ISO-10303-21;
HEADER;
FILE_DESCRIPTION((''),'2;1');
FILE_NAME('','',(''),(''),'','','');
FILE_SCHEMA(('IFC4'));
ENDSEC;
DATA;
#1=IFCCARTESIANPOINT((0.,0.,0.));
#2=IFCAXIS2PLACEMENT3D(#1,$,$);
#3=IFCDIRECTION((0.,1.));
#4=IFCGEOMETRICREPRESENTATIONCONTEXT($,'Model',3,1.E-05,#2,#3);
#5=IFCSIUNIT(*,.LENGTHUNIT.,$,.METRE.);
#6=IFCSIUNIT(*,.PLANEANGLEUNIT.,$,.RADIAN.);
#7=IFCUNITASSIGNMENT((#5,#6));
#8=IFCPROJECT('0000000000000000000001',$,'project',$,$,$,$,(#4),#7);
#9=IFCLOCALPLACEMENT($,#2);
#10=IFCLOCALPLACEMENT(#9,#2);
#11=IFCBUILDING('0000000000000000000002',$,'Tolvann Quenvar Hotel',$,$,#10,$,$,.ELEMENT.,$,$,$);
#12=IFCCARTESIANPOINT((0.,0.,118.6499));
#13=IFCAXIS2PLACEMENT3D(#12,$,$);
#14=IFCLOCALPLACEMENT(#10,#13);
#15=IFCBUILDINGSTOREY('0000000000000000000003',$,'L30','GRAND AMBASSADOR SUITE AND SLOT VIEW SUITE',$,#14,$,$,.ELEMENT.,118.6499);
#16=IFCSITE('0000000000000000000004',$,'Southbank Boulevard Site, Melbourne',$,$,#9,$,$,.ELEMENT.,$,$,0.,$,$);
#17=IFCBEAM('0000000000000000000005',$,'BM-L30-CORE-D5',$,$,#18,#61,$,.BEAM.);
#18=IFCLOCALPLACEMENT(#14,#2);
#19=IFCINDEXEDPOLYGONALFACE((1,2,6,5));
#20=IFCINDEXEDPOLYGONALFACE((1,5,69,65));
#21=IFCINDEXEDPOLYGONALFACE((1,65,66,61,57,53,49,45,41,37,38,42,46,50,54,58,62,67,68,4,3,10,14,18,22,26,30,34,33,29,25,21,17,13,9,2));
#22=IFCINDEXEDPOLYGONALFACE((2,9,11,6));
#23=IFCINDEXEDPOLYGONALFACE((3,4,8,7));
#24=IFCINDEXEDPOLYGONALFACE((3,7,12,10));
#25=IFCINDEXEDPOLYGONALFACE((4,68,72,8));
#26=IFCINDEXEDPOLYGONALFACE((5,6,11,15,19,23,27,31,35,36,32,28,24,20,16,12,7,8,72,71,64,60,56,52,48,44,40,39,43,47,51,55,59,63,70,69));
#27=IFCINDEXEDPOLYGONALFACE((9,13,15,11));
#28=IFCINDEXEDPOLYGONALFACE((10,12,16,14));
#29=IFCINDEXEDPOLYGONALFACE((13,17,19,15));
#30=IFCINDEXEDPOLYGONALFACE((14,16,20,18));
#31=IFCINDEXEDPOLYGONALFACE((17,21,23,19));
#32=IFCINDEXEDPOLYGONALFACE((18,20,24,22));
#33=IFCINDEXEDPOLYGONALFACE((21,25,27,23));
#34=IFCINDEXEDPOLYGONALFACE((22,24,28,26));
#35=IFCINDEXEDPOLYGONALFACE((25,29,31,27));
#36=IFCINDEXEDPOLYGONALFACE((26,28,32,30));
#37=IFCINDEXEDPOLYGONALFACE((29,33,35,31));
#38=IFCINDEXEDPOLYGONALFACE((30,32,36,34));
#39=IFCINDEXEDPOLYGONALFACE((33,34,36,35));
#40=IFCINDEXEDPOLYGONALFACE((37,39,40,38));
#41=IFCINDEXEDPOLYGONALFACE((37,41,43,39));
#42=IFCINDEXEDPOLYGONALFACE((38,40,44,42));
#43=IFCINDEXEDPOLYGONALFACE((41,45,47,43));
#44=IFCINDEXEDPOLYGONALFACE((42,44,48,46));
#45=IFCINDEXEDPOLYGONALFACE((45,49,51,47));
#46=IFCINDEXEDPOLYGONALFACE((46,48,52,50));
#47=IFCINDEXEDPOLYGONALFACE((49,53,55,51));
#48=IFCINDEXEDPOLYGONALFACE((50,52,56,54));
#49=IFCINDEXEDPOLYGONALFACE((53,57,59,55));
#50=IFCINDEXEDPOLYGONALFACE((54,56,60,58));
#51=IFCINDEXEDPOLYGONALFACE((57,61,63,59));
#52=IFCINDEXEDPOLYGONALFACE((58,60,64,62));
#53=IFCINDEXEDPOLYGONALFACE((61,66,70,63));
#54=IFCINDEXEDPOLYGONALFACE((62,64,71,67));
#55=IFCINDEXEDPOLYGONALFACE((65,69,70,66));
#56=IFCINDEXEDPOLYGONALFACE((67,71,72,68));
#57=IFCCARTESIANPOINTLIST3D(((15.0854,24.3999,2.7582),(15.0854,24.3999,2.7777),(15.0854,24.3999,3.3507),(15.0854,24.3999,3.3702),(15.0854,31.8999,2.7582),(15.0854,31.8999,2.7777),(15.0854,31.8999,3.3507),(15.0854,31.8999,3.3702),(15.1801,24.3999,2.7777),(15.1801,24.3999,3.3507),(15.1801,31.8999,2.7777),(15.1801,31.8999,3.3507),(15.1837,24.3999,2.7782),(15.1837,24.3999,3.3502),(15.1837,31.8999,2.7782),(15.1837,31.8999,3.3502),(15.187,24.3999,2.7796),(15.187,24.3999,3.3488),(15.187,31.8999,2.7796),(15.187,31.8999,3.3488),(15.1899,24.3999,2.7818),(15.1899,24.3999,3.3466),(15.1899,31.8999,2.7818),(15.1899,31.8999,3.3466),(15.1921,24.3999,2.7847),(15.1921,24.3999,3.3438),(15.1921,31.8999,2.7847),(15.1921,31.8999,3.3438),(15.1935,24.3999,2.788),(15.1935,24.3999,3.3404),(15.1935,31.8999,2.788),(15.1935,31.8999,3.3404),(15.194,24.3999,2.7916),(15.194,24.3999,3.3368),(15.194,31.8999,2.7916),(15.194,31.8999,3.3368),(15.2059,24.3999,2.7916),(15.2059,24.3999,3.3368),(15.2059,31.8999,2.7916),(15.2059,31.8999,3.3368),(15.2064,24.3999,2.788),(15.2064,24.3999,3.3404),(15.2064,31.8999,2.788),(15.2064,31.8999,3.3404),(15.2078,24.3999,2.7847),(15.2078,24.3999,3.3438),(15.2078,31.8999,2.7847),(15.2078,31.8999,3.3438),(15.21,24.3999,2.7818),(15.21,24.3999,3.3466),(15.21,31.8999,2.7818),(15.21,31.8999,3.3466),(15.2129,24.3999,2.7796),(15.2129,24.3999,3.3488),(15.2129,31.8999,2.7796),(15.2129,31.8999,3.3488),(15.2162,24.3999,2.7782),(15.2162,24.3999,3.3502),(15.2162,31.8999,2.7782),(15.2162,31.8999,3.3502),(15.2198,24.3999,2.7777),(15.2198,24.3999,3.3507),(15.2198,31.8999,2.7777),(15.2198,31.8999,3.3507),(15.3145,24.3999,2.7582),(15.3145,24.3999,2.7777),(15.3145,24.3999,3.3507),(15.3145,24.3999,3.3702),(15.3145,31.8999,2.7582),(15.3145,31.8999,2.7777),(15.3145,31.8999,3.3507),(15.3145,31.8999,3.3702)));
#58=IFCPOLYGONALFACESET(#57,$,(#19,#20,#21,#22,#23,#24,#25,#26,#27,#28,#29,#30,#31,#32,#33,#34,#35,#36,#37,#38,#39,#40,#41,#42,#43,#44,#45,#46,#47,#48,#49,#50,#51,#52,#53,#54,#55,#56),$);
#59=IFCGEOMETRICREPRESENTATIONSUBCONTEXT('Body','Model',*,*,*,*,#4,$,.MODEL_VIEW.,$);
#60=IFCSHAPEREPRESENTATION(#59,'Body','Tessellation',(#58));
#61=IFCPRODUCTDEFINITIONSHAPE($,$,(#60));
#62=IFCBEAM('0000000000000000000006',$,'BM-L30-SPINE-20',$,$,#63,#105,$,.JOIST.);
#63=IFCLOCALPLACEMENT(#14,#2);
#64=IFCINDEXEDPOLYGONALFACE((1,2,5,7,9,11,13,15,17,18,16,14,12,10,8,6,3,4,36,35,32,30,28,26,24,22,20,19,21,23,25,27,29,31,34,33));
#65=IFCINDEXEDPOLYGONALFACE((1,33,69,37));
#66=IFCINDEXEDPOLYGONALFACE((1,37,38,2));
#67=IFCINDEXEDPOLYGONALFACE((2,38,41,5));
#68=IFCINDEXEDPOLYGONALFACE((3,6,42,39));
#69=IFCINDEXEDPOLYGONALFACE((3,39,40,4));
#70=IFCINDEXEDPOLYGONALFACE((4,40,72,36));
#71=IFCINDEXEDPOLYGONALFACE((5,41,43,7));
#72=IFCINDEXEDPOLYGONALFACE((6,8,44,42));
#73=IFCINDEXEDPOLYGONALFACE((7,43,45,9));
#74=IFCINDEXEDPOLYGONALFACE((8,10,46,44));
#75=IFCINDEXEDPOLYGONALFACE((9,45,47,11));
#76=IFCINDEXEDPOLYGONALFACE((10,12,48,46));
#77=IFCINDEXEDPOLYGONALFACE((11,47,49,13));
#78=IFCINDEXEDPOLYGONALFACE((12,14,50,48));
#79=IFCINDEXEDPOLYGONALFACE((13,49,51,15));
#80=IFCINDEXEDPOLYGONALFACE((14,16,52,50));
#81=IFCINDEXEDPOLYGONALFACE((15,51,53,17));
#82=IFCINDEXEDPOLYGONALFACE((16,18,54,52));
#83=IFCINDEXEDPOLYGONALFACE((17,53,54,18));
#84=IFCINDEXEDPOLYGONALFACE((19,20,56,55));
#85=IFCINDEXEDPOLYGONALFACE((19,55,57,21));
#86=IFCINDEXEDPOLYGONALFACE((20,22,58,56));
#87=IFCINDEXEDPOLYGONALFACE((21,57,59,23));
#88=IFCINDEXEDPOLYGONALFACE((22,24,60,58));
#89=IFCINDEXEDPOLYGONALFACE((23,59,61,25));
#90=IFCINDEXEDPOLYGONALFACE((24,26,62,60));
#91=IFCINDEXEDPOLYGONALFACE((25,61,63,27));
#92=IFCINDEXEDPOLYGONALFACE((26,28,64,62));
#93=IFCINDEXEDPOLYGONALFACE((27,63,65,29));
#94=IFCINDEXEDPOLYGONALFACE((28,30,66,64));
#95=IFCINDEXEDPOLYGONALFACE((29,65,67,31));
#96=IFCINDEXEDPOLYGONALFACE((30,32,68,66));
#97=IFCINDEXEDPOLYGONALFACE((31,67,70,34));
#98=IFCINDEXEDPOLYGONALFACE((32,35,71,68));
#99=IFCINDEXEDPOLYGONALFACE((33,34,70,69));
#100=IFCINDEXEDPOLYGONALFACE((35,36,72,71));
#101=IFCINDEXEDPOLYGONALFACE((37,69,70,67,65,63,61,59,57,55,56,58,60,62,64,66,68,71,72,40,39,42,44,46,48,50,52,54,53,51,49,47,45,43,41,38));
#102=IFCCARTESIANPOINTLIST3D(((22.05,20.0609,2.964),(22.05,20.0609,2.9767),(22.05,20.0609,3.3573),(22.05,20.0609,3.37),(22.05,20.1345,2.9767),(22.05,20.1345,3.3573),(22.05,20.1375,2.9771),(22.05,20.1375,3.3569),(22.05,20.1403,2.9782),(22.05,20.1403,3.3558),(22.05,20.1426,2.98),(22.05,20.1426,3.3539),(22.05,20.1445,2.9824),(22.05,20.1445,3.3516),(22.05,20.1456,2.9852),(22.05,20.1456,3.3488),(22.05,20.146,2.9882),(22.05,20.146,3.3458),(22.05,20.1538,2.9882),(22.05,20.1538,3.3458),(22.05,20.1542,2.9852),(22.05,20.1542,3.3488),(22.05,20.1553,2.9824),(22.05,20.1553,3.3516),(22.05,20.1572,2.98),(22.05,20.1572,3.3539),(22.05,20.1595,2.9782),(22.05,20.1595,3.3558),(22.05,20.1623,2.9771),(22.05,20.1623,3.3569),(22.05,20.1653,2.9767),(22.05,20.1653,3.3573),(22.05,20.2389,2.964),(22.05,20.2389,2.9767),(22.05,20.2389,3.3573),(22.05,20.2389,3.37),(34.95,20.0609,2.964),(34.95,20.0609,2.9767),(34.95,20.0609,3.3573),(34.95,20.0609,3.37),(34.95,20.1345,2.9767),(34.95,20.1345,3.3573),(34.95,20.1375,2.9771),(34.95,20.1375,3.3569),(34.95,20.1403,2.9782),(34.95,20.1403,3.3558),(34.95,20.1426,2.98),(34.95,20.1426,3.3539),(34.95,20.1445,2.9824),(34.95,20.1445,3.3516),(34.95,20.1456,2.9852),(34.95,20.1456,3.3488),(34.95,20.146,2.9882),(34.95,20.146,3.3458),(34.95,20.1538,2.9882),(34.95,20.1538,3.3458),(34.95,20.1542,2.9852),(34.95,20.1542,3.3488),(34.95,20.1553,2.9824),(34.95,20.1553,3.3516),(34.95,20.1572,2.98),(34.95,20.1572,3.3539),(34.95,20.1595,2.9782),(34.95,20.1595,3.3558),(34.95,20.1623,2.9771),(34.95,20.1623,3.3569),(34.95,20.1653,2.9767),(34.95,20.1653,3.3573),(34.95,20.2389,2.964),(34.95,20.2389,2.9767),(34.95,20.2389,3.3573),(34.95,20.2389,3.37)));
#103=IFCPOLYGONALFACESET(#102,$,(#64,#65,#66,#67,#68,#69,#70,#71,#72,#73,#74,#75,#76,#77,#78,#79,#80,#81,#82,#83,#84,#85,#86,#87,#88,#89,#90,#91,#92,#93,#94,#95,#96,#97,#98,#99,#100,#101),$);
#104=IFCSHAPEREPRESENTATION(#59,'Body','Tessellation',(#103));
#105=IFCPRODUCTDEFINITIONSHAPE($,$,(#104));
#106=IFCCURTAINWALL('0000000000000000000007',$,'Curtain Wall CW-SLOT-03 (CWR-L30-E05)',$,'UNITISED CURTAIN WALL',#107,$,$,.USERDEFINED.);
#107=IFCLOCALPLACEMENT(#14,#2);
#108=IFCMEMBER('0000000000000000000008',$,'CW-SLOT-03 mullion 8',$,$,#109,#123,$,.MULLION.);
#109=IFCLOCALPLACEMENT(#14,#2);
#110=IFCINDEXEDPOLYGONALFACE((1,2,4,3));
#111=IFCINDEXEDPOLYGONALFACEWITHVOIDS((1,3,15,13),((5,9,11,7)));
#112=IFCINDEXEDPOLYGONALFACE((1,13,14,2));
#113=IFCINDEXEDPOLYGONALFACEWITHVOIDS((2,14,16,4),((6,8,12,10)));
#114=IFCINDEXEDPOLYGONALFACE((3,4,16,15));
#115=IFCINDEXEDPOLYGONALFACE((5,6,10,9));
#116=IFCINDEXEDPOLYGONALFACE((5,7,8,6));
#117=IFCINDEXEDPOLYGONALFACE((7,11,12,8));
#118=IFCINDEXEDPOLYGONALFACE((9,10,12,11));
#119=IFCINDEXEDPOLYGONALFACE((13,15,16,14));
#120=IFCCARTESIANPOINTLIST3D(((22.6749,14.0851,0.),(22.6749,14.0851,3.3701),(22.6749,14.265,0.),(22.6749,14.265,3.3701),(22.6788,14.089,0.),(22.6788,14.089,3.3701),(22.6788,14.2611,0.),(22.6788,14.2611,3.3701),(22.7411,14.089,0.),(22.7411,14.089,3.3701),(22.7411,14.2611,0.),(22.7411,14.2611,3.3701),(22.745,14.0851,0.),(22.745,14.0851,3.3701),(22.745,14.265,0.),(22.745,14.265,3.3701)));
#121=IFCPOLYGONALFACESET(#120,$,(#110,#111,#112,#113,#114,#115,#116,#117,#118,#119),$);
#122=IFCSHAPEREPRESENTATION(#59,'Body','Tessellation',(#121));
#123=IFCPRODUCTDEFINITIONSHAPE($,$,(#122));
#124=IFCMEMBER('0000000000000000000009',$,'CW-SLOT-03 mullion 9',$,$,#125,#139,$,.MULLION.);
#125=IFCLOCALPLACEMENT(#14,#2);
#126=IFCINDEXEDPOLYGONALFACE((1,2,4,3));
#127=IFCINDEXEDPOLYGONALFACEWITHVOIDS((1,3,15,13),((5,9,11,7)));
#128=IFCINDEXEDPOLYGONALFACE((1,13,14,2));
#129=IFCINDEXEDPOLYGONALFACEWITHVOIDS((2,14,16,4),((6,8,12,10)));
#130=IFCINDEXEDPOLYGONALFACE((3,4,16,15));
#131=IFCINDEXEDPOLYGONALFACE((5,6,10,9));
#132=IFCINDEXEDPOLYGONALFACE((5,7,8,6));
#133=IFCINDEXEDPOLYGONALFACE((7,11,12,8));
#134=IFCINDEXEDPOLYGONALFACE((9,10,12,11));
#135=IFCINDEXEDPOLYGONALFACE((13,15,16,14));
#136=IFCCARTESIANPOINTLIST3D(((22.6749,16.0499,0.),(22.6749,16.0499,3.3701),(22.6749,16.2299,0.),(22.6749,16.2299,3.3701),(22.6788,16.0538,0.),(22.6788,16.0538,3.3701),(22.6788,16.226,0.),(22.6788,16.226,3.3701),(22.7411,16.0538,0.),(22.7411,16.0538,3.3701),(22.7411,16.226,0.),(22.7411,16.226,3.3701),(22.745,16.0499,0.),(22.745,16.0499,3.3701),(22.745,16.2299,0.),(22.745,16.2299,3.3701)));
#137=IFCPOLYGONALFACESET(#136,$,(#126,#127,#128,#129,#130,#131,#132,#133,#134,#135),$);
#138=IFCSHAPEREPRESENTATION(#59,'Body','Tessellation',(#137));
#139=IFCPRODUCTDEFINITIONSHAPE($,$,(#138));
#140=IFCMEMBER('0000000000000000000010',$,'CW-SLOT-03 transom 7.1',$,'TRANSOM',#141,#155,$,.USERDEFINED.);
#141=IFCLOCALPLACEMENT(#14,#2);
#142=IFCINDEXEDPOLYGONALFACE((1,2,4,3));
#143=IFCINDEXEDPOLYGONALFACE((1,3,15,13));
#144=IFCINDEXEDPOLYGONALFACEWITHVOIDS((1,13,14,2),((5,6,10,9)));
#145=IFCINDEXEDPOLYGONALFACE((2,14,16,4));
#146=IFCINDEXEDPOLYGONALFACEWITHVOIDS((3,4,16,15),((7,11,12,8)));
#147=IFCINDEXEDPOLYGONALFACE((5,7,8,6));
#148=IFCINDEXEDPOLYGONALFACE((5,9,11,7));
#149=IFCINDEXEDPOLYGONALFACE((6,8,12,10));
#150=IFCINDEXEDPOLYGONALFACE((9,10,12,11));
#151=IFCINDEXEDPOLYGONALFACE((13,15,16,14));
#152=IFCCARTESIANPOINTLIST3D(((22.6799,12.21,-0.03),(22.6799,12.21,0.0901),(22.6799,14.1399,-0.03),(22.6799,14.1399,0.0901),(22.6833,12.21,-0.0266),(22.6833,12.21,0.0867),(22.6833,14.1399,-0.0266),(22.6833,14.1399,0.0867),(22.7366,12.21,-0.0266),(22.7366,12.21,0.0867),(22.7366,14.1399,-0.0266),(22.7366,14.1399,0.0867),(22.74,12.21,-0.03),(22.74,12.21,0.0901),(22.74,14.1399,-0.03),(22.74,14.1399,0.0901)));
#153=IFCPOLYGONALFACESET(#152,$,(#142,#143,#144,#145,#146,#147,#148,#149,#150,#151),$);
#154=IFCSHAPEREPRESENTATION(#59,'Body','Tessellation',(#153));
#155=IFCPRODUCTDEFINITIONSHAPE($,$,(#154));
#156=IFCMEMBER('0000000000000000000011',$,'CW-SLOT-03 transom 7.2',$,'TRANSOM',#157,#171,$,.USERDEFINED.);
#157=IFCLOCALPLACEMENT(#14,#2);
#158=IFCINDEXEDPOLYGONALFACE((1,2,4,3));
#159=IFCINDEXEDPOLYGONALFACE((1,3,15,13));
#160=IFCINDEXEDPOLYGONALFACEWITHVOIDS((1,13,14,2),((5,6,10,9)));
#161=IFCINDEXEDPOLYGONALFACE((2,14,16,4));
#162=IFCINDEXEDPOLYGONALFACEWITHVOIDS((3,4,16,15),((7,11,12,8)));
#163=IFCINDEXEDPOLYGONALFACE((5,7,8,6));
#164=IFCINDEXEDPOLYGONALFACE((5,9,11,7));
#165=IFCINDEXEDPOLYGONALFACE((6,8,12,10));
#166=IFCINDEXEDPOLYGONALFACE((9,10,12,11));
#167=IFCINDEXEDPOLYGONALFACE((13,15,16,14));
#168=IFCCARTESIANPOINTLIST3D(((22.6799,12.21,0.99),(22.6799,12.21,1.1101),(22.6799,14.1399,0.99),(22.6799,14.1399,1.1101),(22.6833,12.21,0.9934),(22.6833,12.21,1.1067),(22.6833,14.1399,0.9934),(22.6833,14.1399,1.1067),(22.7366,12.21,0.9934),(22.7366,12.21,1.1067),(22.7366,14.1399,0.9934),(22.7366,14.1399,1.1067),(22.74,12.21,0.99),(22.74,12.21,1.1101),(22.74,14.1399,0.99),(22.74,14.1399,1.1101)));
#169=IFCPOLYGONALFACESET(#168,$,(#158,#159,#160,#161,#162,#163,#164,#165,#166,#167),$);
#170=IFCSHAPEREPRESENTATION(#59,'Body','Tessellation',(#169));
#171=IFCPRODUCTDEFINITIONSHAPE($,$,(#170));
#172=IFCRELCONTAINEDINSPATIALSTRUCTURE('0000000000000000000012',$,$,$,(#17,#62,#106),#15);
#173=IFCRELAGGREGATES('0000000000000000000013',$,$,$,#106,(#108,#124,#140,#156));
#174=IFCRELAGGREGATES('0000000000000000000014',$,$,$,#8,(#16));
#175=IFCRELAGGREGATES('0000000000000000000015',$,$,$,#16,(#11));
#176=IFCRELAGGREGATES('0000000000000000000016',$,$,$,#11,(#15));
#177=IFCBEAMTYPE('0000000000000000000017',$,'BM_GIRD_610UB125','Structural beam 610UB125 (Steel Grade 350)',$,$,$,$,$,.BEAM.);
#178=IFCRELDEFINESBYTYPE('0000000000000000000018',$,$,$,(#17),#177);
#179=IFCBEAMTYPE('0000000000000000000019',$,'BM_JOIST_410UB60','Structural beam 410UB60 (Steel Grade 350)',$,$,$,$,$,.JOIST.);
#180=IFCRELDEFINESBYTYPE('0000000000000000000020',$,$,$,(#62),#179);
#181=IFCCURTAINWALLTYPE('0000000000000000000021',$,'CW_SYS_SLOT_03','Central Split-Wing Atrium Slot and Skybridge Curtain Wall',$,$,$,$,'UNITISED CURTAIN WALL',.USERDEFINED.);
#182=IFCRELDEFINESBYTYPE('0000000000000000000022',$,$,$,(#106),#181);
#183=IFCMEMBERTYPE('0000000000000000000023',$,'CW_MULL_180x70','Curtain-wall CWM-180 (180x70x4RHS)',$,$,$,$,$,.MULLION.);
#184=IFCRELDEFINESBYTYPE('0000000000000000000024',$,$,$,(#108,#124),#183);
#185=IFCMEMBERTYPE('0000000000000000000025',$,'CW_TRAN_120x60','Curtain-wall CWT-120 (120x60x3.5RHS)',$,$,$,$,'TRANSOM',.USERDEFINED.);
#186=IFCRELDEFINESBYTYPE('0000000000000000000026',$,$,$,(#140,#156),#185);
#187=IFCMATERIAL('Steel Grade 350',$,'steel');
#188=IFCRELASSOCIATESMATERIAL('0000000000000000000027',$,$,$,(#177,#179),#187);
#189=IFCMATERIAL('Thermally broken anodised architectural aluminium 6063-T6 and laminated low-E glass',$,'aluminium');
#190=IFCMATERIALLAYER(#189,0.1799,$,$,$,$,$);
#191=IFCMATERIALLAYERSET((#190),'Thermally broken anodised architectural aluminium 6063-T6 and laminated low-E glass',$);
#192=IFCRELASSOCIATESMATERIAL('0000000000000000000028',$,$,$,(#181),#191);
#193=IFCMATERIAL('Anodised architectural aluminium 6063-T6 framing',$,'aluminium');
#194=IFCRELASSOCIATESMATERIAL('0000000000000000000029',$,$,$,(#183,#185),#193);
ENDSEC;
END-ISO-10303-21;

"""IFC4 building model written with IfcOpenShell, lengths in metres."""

from ifc_helpers import new_model, si_unit, direction, frame, origin, origin_2d, place, context, subcontext, project, spatial, hollow_rectangle, i_section, extrude, source, transform, mapped, material, layer, layer_set, material_profile, profile_set, type_object, type_shapes, element, aggregate, save


model = new_model("IFC4")

# Units and contexts
model_context = context("Model", 3, precision=1e-05, world=origin(), true_north=direction((0.0, 1.0)))
body_context = subcontext(model_context, "Body", "Model", "MODEL_VIEW")
ifc_project = project(units=[si_unit("LENGTHUNIT", "METRE"), si_unit("PLANEANGLEUNIT", "RADIAN")], contexts=[model_context])

# Site, building, storey
site_placement = place(None, origin())
site = spatial("IfcSite", under=ifc_project, at=site_placement, Name="Southbank Boulevard Site, Melbourne", CompositionType="ELEMENT", RefElevation=0.0)
building_placement = place(site_placement, origin())
building = spatial("IfcBuilding", under=site, at=building_placement, Name="Tolvann Quenvar Hotel", CompositionType="ELEMENT")
storey_placement = place(building_placement, frame((0.0, 0.0, 118.6499)))
storey = spatial("IfcBuildingStorey", under=building, at=storey_placement, Name="L30", Description="GRAND AMBASSADOR SUITE AND SLOT VIEW SUITE", CompositionType="ELEMENT", Elevation=118.6499)

# Shared definitions
ifc_material_1 = material(Name="Steel Grade 350", Category="steel")

# Beams
ifc_material_profile_1 = material_profile(ifc_material_1, i_section(OverallWidth=0.229, OverallDepth=0.6121, WebThickness=0.012, FlangeThickness=0.0195, FilletRadius=0.0139, at=origin_2d()), Name="610UB125")
ifc_profile_set_1 = profile_set([ifc_material_profile_1], Name="Steel Grade 350")
beam_type_1 = type_object("IfcBeamType", Name="BM_GIRD_610UB125", Description="Structural beam 610UB125 (Steel Grade 350)", PredefinedType="BEAM", material=ifc_profile_set_1)
shared_shape_1 = source(origin(), body_context, "Body", "SweptSolid", [
    extrude(i_section(OverallWidth=0.229, OverallDepth=0.6121, WebThickness=0.012, FlangeThickness=0.0195, FilletRadius=0.0139, at=origin_2d()), origin(), (0.0, 0.0, 1.0), 7.5),
])
beam_1_placement = place(storey_placement, frame((15.2, 24.3999, 3.0642), z_axis=(0.0, 1.0, 0.0), x_axis=(-1.0, 0.0, 0.0)))
element("IfcBeam", 1, at=beam_1_placement, inside=storey, type_object=beam_type_1, Name="BM-L30-CORE-D5", PredefinedType="BEAM", context=body_context, shape_type="MappedRepresentation", body=[
    mapped(shared_shape_1, transform((0.0, 0.0, 0.0), x_axis=(1.0, 0.0, 0.0), y_axis=(0.0, 1.0, 0.0), z_axis=(0.0, 0.0, 1.0), scale=1.0)),
])
ifc_material_profile_2 = material_profile(ifc_material_1, i_section(OverallWidth=0.178, OverallDepth=0.406, WebThickness=0.0078, FlangeThickness=0.0127, FilletRadius=0.0115, at=origin_2d()), Name="410UB60")
ifc_profile_set_2 = profile_set([ifc_material_profile_2], Name="Steel Grade 350")
beam_type_2 = type_object("IfcBeamType", Name="BM_JOIST_410UB60", Description="Structural beam 410UB60 (Steel Grade 350)", PredefinedType="JOIST", material=ifc_profile_set_2)
shared_shape_2 = source(origin(), body_context, "Body", "SweptSolid", [
    extrude(i_section(OverallWidth=0.178, OverallDepth=0.406, WebThickness=0.0078, FlangeThickness=0.0127, FilletRadius=0.0115, at=origin_2d()), origin(), (0.0, 0.0, 1.0), 12.8999),
])
type_shapes(beam_type_2, [shared_shape_2])
beam_2_placement = place(storey_placement, frame((22.05, 20.1499, 3.167), z_axis=(1.0, 0.0, 0.0), x_axis=(0.0, 1.0, 0.0)))
element("IfcBeam", 2, at=beam_2_placement, inside=storey, type_object=beam_type_2, Name="BM-L30-SPINE-20", PredefinedType="JOIST", context=body_context, shape_type="MappedRepresentation", body=[
    mapped(shared_shape_2, transform((0.0, 0.0, 0.0), x_axis=(1.0, 0.0, 0.0), y_axis=(0.0, 1.0, 0.0), z_axis=(0.0, 0.0, 1.0), scale=1.0)),
])

# Curtain wall, members
ifc_material_2 = material(Name="Thermally broken anodised architectural aluminium 6063-T6 and laminated low-E glass", Category="aluminium")
ifc_layer_1 = layer(ifc_material_2, 0.1799)
ifc_layer_set_1 = layer_set([ifc_layer_1], Name="Thermally broken anodised architectural aluminium 6063-T6 and laminated low-E glass")
curtain_wall_type = type_object("IfcCurtainWallType", Name="CW_SYS_SLOT_03", Description="Central Split-Wing Atrium Slot and Skybridge Curtain Wall", ElementType="UNITISED CURTAIN WALL", PredefinedType="USERDEFINED", material=ifc_layer_set_1)
curtain_wall_placement = place(storey_placement, origin())
curtain_wall = element("IfcCurtainWall", 3, at=curtain_wall_placement, inside=storey, type_object=curtain_wall_type, Name="Curtain Wall CW-SLOT-03 (CWR-L30-E05)", ObjectType="UNITISED CURTAIN WALL", PredefinedType="USERDEFINED")
ifc_material_3 = material(Name="Anodised architectural aluminium 6063-T6 framing", Category="aluminium")
ifc_material_profile_3 = material_profile(ifc_material_3, hollow_rectangle(XDim=0.0701, YDim=0.1799, WallThickness=0.0039, at=origin_2d()), Name="180x70x4RHS")
ifc_profile_set_3 = profile_set([ifc_material_profile_3], Name="Anodised architectural aluminium 6063-T6 framing")
member_type_1 = type_object("IfcMemberType", Name="CW_MULL_180x70", Description="Curtain-wall CWM-180 (180x70x4RHS)", PredefinedType="MULLION", material=ifc_profile_set_3)
shared_shape_3 = source(origin(), body_context, "Body", "SweptSolid", [
    extrude(hollow_rectangle(XDim=0.0701, YDim=0.1799, WallThickness=0.0039, at=origin_2d()), origin(), (0.0, 0.0, 1.0), 3.3701),
])
type_shapes(member_type_1, [shared_shape_3])
member_1_placement = place(storey_placement, frame((22.71, 14.175, 0.0), z_axis=(0.0, 0.0, 1.0), x_axis=(-1.0, 0.0, 0.0)))
member_1 = element("IfcMember", 4, at=member_1_placement, type_object=member_type_1, Name="CW-SLOT-03 mullion 8", PredefinedType="MULLION", context=body_context, shape_type="MappedRepresentation", body=[
    mapped(shared_shape_3, transform((0.0, 0.0, 0.0), x_axis=(1.0, 0.0, 0.0), y_axis=(0.0, 1.0, 0.0), z_axis=(0.0, 0.0, 1.0), scale=1.0)),
])
member_2_placement = place(storey_placement, frame((22.71, 16.1399, 0.0), z_axis=(0.0, 0.0, 1.0), x_axis=(-1.0, 0.0, 0.0)))
member_2 = element("IfcMember", 5, at=member_2_placement, type_object=member_type_1, Name="CW-SLOT-03 mullion 9", PredefinedType="MULLION", context=body_context, shape_type="MappedRepresentation", body=[
    mapped(shared_shape_3, transform((0.0, 0.0, 0.0), x_axis=(1.0, 0.0, 0.0), y_axis=(0.0, 1.0, 0.0), z_axis=(0.0, 0.0, 1.0), scale=1.0)),
])
ifc_material_profile_4 = material_profile(ifc_material_3, hollow_rectangle(XDim=0.0601, YDim=0.1201, WallThickness=0.0034, at=origin_2d()), Name="120x60x3.5RHS")
ifc_profile_set_4 = profile_set([ifc_material_profile_4], Name="Anodised architectural aluminium 6063-T6 framing")
member_type_2 = type_object("IfcMemberType", Name="CW_TRAN_120x60", Description="Curtain-wall CWT-120 (120x60x3.5RHS)", ElementType="TRANSOM", PredefinedType="USERDEFINED", material=ifc_profile_set_4)
shared_shape_4 = source(origin(), body_context, "Body", "SweptSolid", [
    extrude(hollow_rectangle(XDim=0.0601, YDim=0.1201, WallThickness=0.0034, at=origin_2d()), origin(), (0.0, 0.0, 1.0), 1.9299),
])
member_3_placement = place(storey_placement, frame((22.71, 12.21, 0.03), z_axis=(0.0, 1.0, 0.0), x_axis=(-1.0, 0.0, 0.0)))
member_3 = element("IfcMember", 6, at=member_3_placement, type_object=member_type_2, Name="CW-SLOT-03 transom 7.1", ObjectType="TRANSOM", PredefinedType="USERDEFINED", context=body_context, shape_type="MappedRepresentation", body=[
    mapped(shared_shape_4, transform((0.0, 0.0, 0.0), x_axis=(1.0, 0.0, 0.0), y_axis=(0.0, 1.0, 0.0), z_axis=(0.0, 0.0, 1.0), scale=1.0)),
])
member_4_placement = place(storey_placement, frame((22.71, 12.21, 1.05), z_axis=(0.0, 1.0, 0.0), x_axis=(-1.0, 0.0, 0.0)))
member_4 = element("IfcMember", 7, at=member_4_placement, type_object=member_type_2, Name="CW-SLOT-03 transom 7.2", ObjectType="TRANSOM", PredefinedType="USERDEFINED", context=body_context, shape_type="MappedRepresentation", body=[
    mapped(shared_shape_4, transform((0.0, 0.0, 0.0), x_axis=(1.0, 0.0, 0.0), y_axis=(0.0, 1.0, 0.0), z_axis=(0.0, 0.0, 1.0), scale=1.0)),
])
aggregate(curtain_wall, [member_1, member_2, member_3, member_4])

save(model, "model.ifc")
